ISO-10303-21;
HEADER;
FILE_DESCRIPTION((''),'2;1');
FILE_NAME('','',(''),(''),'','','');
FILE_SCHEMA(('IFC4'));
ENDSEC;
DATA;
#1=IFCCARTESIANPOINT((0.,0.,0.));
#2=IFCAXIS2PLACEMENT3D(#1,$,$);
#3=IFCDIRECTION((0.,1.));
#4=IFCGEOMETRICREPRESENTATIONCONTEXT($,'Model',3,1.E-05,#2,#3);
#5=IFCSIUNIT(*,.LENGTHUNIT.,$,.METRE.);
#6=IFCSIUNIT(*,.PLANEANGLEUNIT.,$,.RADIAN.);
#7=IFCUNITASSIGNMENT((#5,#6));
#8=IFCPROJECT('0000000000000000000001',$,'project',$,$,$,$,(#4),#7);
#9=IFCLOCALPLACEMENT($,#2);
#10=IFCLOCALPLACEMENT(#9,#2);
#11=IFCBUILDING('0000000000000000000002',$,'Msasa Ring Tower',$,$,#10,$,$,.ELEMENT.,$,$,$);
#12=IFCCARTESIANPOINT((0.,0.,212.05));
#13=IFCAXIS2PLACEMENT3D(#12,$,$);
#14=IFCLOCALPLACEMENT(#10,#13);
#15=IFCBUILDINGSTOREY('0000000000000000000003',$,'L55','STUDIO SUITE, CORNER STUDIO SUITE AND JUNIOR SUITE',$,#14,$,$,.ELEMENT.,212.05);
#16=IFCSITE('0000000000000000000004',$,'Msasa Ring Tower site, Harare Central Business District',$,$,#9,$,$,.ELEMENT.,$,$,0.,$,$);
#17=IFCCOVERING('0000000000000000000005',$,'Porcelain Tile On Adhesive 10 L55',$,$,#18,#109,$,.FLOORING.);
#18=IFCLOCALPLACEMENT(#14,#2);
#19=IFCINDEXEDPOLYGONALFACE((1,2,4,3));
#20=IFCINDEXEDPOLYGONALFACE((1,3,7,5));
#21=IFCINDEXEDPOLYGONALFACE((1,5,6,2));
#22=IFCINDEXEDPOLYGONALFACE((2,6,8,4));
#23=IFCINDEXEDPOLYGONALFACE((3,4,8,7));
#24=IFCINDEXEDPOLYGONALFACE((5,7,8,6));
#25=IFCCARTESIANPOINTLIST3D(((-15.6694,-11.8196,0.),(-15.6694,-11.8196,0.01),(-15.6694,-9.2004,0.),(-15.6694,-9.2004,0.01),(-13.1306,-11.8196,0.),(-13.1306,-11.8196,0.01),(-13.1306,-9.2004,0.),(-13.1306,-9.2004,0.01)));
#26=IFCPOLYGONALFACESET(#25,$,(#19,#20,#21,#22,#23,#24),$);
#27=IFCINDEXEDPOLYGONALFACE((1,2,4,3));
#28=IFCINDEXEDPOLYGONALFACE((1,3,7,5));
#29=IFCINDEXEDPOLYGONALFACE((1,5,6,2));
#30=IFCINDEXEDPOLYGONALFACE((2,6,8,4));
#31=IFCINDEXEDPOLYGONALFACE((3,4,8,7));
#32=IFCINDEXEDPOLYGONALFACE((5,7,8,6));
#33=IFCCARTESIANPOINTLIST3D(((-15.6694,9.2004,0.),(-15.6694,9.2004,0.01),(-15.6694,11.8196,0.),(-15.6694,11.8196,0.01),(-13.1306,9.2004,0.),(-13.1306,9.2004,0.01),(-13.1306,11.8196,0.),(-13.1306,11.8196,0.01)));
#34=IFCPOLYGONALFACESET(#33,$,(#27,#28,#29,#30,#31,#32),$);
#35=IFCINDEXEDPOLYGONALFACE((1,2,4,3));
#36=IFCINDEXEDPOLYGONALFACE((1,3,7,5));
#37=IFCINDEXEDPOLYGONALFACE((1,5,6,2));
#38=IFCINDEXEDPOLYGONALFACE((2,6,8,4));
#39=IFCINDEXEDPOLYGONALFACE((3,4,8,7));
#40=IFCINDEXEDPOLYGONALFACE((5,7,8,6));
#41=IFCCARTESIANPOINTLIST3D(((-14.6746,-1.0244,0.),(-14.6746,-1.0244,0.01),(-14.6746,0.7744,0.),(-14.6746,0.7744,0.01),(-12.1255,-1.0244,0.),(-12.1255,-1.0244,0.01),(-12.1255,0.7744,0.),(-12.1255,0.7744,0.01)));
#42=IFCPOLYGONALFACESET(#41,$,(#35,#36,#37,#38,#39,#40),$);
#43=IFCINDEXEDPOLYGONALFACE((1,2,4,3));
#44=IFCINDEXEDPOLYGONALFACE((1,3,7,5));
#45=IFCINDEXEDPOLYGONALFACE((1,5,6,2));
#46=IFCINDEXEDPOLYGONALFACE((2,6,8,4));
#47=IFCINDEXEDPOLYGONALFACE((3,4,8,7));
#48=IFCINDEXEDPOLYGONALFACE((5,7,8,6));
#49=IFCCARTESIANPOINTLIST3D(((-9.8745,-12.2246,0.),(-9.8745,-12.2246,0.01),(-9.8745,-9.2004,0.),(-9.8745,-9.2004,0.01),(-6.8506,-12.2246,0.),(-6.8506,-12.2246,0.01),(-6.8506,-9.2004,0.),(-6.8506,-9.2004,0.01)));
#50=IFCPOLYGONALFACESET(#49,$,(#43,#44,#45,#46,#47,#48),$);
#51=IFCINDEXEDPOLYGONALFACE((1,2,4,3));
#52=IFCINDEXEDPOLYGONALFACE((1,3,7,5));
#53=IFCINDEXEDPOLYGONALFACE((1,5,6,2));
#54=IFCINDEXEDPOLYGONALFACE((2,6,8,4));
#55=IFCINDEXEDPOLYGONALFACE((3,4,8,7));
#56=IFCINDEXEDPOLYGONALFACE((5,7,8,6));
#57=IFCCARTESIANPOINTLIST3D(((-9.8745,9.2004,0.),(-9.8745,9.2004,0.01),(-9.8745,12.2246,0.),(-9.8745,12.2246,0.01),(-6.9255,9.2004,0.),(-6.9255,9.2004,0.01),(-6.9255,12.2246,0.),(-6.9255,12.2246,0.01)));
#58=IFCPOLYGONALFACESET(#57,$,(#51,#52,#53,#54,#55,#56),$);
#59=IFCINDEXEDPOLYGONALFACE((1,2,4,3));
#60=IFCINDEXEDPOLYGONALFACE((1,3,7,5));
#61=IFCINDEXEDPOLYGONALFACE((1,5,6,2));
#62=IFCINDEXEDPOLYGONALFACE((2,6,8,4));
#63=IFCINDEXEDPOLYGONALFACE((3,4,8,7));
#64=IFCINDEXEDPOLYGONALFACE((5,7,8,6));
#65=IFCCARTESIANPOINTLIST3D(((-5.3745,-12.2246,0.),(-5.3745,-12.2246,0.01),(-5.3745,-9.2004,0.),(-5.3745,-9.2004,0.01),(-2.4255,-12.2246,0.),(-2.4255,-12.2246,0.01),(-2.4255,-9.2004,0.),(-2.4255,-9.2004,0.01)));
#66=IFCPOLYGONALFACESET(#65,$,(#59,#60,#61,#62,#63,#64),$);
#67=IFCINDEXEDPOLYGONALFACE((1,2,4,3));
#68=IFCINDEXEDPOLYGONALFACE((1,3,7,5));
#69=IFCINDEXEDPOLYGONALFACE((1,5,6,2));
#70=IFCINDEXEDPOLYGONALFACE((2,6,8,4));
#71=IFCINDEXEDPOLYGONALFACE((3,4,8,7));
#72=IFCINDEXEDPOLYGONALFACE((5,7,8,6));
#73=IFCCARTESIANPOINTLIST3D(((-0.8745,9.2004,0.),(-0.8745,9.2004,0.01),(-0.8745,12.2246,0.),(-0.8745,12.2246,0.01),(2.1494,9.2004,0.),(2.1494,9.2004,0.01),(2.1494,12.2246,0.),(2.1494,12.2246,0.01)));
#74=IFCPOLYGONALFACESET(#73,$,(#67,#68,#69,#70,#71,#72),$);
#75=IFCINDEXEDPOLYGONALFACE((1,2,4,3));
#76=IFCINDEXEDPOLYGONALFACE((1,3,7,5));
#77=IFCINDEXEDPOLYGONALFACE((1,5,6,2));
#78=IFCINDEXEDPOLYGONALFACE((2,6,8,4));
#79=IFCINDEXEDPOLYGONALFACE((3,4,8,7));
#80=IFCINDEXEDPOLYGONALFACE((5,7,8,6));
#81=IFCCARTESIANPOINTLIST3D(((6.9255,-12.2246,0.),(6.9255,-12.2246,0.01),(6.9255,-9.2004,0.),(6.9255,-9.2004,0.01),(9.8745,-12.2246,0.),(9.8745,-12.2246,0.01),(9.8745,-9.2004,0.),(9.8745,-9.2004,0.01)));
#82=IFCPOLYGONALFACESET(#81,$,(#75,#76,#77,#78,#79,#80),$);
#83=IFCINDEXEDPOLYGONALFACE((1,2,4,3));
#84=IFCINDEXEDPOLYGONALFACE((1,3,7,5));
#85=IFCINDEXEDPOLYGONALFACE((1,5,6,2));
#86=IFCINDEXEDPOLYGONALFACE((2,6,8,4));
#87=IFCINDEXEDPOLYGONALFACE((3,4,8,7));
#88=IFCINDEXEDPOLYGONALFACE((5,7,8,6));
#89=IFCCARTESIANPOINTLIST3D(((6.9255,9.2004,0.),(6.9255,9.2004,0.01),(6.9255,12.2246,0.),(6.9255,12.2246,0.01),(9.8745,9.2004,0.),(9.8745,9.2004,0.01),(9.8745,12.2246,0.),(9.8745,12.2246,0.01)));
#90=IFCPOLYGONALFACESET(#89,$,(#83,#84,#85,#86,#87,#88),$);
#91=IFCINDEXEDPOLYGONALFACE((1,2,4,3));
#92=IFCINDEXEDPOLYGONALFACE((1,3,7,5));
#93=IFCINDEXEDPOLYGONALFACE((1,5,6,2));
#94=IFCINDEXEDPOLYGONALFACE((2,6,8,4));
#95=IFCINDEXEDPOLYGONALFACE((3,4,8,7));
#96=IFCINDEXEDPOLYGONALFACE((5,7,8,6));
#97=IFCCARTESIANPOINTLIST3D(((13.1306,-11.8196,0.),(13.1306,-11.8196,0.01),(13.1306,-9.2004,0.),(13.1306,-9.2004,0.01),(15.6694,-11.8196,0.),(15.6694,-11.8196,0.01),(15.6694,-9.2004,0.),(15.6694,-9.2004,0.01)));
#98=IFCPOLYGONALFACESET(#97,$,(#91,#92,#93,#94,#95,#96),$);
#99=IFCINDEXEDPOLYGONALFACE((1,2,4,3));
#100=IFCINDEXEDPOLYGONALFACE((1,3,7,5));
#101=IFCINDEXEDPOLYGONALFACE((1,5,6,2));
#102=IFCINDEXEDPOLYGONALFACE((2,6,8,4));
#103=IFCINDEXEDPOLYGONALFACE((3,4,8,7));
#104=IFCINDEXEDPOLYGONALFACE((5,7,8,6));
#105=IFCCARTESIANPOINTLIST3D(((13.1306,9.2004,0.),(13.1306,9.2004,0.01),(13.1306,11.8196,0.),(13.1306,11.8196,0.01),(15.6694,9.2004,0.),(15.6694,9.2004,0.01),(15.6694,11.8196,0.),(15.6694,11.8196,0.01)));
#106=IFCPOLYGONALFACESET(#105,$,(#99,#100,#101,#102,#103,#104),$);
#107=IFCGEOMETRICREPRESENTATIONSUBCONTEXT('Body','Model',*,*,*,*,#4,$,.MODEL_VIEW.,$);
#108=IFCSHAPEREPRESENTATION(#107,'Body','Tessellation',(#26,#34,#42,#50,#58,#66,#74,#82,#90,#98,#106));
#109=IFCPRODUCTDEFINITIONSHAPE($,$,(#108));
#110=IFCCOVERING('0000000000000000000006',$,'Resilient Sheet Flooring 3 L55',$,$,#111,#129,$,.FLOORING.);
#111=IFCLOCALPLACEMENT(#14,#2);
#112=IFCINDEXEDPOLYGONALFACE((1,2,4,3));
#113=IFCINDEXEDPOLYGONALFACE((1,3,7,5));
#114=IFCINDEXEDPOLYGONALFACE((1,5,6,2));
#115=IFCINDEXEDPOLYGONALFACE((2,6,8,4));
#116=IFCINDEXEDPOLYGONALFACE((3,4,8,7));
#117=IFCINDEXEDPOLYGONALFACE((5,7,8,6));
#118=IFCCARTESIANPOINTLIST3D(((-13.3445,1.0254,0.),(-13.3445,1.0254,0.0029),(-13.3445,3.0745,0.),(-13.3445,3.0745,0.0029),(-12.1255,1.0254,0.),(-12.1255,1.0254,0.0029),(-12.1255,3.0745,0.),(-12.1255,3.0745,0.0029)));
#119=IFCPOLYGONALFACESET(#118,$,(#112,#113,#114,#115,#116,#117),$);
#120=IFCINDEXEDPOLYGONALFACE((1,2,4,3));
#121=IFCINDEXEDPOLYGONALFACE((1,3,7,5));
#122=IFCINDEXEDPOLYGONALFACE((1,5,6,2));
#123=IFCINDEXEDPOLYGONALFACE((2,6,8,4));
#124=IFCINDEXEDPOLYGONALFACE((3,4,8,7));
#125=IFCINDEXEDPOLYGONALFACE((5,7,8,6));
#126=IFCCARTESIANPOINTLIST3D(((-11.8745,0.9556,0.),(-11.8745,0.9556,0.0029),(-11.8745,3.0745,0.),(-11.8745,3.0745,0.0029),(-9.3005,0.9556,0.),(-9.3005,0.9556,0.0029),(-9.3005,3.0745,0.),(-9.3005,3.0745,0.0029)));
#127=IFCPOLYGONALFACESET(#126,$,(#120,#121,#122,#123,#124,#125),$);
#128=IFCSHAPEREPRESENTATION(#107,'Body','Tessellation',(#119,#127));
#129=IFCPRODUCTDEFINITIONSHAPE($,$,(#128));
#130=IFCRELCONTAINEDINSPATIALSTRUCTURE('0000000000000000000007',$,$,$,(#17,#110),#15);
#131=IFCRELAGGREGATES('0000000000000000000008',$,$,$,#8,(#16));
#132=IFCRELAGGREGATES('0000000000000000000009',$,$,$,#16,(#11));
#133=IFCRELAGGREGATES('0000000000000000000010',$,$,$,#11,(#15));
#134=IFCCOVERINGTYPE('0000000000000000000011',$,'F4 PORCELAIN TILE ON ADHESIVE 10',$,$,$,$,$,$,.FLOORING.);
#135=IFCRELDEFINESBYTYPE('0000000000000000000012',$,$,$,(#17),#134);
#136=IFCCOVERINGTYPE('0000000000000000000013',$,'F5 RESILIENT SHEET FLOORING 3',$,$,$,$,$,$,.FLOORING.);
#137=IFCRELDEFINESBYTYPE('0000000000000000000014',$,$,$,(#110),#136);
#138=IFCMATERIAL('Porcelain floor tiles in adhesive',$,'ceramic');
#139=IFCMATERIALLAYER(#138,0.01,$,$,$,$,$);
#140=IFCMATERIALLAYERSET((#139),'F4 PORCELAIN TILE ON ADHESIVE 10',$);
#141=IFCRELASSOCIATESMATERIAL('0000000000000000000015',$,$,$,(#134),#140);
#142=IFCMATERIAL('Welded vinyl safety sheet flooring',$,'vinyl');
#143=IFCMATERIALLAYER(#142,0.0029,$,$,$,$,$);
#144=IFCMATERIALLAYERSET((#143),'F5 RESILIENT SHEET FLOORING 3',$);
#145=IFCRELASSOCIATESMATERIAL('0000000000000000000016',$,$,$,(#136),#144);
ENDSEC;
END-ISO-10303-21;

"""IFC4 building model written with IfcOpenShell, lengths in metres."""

from ifc_helpers import new_model, si_unit, direction, frame, origin, place, context, subcontext, project, spatial, line, indexed_curve, outline, extrude, material, layer, layer_set, type_object, element, save


model = new_model("IFC4")

# Units and contexts
model_context = context("Model", 3, precision=1e-05, world=origin(), true_north=direction((0.0, 1.0)))
body_context = subcontext(model_context, "Body", "Model", "MODEL_VIEW")
ifc_project = project(units=[si_unit("LENGTHUNIT", "METRE"), si_unit("PLANEANGLEUNIT", "RADIAN")], contexts=[model_context])

# Site, building, storey
site_placement = place(None, origin())
site = spatial("IfcSite", under=ifc_project, at=site_placement, Name="Msasa Ring Tower site, Harare Central Business District", CompositionType="ELEMENT", RefElevation=0.0)
building_placement = place(site_placement, origin())
building = spatial("IfcBuilding", under=site, at=building_placement, Name="Msasa Ring Tower", CompositionType="ELEMENT")
storey_placement = place(building_placement, frame((0.0, 0.0, 212.05)))
storey = spatial("IfcBuildingStorey", under=building, at=storey_placement, Name="L55", Description="STUDIO SUITE, CORNER STUDIO SUITE AND JUNIOR SUITE", CompositionType="ELEMENT", Elevation=212.05)

# Coverings
ifc_material_1 = material(Name="Porcelain floor tiles in adhesive", Category="ceramic")
ifc_layer_1 = layer(ifc_material_1, 0.01)
ifc_layer_set_1 = layer_set([ifc_layer_1], Name="F4 PORCELAIN TILE ON ADHESIVE 10")
covering_type_1 = type_object("IfcCoveringType", Name="F4 PORCELAIN TILE ON ADHESIVE 10", PredefinedType="FLOORING", material=ifc_layer_set_1)
covering_1_placement = place(storey_placement, origin())
element("IfcCovering", 1, at=covering_1_placement, inside=storey, type_object=covering_type_1, Name="Porcelain Tile On Adhesive 10 L55", PredefinedType="FLOORING", context=body_context, shape_type="SweptSolid", body=[
    extrude(outline(indexed_curve([(-15.6694, -9.2004), (-13.1306, -9.2004), (-13.1306, -11.8196), (-15.6694, -11.8196)], segments=[line(1, 2, 3, 4, 1)], self_intersect=False)), origin(), (0.0, 0.0, 1.0), 0.01),
    extrude(outline(indexed_curve([(-13.1306, 11.8196), (-13.1306, 9.2004), (-15.6694, 9.2004), (-15.6694, 11.8196)], segments=[line(1, 2, 3, 4, 1)], self_intersect=False)), origin(), (0.0, 0.0, 1.0), 0.01),
    extrude(outline(indexed_curve([(-12.1255, -1.0244), (-14.6746, -1.0244), (-14.6746, 0.7744), (-12.1255, 0.7744)], segments=[line(1, 2, 3, 4, 1)], self_intersect=False)), origin(), (0.0, 0.0, 1.0), 0.01),
    extrude(outline(indexed_curve([(-6.8506, -9.2004), (-6.8506, -12.2246), (-9.8745, -12.2246), (-9.8745, -9.2004)], segments=[line(1, 2, 3, 4, 1)], self_intersect=False)), origin(), (0.0, 0.0, 1.0), 0.01),
    extrude(outline(indexed_curve([(-9.8745, 9.2004), (-9.8745, 12.2246), (-6.9255, 12.2246), (-6.9255, 9.2004)], segments=[line(1, 2, 3, 4, 1)], self_intersect=False)), origin(), (0.0, 0.0, 1.0), 0.01),
    extrude(outline(indexed_curve([(-2.4255, -9.2004), (-2.4255, -12.2246), (-5.3745, -12.2246), (-5.3745, -9.2004)], segments=[line(1, 2, 3, 4, 1)], self_intersect=False)), origin(), (0.0, 0.0, 1.0), 0.01),
    extrude(outline(indexed_curve([(2.1494, 9.2004), (-0.8745, 9.2004), (-0.8745, 12.2246), (2.1494, 12.2246)], segments=[line(1, 2, 3, 4, 1)], self_intersect=False)), origin(), (0.0, 0.0, 1.0), 0.01),
    extrude(outline(indexed_curve([(9.8745, -9.2004), (9.8745, -12.2246), (6.9255, -12.2246), (6.9255, -9.2004)], segments=[line(1, 2, 3, 4, 1)], self_intersect=False)), origin(), (0.0, 0.0, 1.0), 0.01),
    extrude(outline(indexed_curve([(6.9255, 9.2004), (6.9255, 12.2246), (9.8745, 12.2246), (9.8745, 9.2004)], segments=[line(1, 2, 3, 4, 1)], self_intersect=False)), origin(), (0.0, 0.0, 1.0), 0.01),
    extrude(outline(indexed_curve([(15.6694, -9.2004), (15.6694, -11.8196), (13.1306, -11.8196), (13.1306, -9.2004)], segments=[line(1, 2, 3, 4, 1)], self_intersect=False)), origin(), (0.0, 0.0, 1.0), 0.01),
    extrude(outline(indexed_curve([(13.1306, 11.8196), (15.6694, 11.8196), (15.6694, 9.2004), (13.1306, 9.2004)], segments=[line(1, 2, 3, 4, 1)], self_intersect=False)), origin(), (0.0, 0.0, 1.0), 0.01),
])
ifc_material_2 = material(Name="Welded vinyl safety sheet flooring", Category="vinyl")
ifc_layer_2 = layer(ifc_material_2, 0.0029)
ifc_layer_set_2 = layer_set([ifc_layer_2], Name="F5 RESILIENT SHEET FLOORING 3")
covering_type_2 = type_object("IfcCoveringType", Name="F5 RESILIENT SHEET FLOORING 3", PredefinedType="FLOORING", material=ifc_layer_set_2)
covering_2_placement = place(storey_placement, origin())
element("IfcCovering", 2, at=covering_2_placement, inside=storey, type_object=covering_type_2, Name="Resilient Sheet Flooring 3 L55", PredefinedType="FLOORING", context=body_context, shape_type="SweptSolid", body=[
    extrude(outline(indexed_curve([(-12.1255, 1.0254), (-13.3445, 1.0254), (-13.3445, 3.0745), (-12.1255, 3.0745)], segments=[line(1, 2, 3, 4, 1)], self_intersect=False)), origin(), (0.0, 0.0, 1.0), 0.0029),
    extrude(outline(indexed_curve([(-9.3005, 0.9556), (-11.8745, 0.9556), (-11.8745, 3.0745), (-9.3005, 3.0745)], segments=[line(1, 2, 3, 4, 1)], self_intersect=False)), origin(), (0.0, 0.0, 1.0), 0.0029),
])

save(model, "model.ifc")
